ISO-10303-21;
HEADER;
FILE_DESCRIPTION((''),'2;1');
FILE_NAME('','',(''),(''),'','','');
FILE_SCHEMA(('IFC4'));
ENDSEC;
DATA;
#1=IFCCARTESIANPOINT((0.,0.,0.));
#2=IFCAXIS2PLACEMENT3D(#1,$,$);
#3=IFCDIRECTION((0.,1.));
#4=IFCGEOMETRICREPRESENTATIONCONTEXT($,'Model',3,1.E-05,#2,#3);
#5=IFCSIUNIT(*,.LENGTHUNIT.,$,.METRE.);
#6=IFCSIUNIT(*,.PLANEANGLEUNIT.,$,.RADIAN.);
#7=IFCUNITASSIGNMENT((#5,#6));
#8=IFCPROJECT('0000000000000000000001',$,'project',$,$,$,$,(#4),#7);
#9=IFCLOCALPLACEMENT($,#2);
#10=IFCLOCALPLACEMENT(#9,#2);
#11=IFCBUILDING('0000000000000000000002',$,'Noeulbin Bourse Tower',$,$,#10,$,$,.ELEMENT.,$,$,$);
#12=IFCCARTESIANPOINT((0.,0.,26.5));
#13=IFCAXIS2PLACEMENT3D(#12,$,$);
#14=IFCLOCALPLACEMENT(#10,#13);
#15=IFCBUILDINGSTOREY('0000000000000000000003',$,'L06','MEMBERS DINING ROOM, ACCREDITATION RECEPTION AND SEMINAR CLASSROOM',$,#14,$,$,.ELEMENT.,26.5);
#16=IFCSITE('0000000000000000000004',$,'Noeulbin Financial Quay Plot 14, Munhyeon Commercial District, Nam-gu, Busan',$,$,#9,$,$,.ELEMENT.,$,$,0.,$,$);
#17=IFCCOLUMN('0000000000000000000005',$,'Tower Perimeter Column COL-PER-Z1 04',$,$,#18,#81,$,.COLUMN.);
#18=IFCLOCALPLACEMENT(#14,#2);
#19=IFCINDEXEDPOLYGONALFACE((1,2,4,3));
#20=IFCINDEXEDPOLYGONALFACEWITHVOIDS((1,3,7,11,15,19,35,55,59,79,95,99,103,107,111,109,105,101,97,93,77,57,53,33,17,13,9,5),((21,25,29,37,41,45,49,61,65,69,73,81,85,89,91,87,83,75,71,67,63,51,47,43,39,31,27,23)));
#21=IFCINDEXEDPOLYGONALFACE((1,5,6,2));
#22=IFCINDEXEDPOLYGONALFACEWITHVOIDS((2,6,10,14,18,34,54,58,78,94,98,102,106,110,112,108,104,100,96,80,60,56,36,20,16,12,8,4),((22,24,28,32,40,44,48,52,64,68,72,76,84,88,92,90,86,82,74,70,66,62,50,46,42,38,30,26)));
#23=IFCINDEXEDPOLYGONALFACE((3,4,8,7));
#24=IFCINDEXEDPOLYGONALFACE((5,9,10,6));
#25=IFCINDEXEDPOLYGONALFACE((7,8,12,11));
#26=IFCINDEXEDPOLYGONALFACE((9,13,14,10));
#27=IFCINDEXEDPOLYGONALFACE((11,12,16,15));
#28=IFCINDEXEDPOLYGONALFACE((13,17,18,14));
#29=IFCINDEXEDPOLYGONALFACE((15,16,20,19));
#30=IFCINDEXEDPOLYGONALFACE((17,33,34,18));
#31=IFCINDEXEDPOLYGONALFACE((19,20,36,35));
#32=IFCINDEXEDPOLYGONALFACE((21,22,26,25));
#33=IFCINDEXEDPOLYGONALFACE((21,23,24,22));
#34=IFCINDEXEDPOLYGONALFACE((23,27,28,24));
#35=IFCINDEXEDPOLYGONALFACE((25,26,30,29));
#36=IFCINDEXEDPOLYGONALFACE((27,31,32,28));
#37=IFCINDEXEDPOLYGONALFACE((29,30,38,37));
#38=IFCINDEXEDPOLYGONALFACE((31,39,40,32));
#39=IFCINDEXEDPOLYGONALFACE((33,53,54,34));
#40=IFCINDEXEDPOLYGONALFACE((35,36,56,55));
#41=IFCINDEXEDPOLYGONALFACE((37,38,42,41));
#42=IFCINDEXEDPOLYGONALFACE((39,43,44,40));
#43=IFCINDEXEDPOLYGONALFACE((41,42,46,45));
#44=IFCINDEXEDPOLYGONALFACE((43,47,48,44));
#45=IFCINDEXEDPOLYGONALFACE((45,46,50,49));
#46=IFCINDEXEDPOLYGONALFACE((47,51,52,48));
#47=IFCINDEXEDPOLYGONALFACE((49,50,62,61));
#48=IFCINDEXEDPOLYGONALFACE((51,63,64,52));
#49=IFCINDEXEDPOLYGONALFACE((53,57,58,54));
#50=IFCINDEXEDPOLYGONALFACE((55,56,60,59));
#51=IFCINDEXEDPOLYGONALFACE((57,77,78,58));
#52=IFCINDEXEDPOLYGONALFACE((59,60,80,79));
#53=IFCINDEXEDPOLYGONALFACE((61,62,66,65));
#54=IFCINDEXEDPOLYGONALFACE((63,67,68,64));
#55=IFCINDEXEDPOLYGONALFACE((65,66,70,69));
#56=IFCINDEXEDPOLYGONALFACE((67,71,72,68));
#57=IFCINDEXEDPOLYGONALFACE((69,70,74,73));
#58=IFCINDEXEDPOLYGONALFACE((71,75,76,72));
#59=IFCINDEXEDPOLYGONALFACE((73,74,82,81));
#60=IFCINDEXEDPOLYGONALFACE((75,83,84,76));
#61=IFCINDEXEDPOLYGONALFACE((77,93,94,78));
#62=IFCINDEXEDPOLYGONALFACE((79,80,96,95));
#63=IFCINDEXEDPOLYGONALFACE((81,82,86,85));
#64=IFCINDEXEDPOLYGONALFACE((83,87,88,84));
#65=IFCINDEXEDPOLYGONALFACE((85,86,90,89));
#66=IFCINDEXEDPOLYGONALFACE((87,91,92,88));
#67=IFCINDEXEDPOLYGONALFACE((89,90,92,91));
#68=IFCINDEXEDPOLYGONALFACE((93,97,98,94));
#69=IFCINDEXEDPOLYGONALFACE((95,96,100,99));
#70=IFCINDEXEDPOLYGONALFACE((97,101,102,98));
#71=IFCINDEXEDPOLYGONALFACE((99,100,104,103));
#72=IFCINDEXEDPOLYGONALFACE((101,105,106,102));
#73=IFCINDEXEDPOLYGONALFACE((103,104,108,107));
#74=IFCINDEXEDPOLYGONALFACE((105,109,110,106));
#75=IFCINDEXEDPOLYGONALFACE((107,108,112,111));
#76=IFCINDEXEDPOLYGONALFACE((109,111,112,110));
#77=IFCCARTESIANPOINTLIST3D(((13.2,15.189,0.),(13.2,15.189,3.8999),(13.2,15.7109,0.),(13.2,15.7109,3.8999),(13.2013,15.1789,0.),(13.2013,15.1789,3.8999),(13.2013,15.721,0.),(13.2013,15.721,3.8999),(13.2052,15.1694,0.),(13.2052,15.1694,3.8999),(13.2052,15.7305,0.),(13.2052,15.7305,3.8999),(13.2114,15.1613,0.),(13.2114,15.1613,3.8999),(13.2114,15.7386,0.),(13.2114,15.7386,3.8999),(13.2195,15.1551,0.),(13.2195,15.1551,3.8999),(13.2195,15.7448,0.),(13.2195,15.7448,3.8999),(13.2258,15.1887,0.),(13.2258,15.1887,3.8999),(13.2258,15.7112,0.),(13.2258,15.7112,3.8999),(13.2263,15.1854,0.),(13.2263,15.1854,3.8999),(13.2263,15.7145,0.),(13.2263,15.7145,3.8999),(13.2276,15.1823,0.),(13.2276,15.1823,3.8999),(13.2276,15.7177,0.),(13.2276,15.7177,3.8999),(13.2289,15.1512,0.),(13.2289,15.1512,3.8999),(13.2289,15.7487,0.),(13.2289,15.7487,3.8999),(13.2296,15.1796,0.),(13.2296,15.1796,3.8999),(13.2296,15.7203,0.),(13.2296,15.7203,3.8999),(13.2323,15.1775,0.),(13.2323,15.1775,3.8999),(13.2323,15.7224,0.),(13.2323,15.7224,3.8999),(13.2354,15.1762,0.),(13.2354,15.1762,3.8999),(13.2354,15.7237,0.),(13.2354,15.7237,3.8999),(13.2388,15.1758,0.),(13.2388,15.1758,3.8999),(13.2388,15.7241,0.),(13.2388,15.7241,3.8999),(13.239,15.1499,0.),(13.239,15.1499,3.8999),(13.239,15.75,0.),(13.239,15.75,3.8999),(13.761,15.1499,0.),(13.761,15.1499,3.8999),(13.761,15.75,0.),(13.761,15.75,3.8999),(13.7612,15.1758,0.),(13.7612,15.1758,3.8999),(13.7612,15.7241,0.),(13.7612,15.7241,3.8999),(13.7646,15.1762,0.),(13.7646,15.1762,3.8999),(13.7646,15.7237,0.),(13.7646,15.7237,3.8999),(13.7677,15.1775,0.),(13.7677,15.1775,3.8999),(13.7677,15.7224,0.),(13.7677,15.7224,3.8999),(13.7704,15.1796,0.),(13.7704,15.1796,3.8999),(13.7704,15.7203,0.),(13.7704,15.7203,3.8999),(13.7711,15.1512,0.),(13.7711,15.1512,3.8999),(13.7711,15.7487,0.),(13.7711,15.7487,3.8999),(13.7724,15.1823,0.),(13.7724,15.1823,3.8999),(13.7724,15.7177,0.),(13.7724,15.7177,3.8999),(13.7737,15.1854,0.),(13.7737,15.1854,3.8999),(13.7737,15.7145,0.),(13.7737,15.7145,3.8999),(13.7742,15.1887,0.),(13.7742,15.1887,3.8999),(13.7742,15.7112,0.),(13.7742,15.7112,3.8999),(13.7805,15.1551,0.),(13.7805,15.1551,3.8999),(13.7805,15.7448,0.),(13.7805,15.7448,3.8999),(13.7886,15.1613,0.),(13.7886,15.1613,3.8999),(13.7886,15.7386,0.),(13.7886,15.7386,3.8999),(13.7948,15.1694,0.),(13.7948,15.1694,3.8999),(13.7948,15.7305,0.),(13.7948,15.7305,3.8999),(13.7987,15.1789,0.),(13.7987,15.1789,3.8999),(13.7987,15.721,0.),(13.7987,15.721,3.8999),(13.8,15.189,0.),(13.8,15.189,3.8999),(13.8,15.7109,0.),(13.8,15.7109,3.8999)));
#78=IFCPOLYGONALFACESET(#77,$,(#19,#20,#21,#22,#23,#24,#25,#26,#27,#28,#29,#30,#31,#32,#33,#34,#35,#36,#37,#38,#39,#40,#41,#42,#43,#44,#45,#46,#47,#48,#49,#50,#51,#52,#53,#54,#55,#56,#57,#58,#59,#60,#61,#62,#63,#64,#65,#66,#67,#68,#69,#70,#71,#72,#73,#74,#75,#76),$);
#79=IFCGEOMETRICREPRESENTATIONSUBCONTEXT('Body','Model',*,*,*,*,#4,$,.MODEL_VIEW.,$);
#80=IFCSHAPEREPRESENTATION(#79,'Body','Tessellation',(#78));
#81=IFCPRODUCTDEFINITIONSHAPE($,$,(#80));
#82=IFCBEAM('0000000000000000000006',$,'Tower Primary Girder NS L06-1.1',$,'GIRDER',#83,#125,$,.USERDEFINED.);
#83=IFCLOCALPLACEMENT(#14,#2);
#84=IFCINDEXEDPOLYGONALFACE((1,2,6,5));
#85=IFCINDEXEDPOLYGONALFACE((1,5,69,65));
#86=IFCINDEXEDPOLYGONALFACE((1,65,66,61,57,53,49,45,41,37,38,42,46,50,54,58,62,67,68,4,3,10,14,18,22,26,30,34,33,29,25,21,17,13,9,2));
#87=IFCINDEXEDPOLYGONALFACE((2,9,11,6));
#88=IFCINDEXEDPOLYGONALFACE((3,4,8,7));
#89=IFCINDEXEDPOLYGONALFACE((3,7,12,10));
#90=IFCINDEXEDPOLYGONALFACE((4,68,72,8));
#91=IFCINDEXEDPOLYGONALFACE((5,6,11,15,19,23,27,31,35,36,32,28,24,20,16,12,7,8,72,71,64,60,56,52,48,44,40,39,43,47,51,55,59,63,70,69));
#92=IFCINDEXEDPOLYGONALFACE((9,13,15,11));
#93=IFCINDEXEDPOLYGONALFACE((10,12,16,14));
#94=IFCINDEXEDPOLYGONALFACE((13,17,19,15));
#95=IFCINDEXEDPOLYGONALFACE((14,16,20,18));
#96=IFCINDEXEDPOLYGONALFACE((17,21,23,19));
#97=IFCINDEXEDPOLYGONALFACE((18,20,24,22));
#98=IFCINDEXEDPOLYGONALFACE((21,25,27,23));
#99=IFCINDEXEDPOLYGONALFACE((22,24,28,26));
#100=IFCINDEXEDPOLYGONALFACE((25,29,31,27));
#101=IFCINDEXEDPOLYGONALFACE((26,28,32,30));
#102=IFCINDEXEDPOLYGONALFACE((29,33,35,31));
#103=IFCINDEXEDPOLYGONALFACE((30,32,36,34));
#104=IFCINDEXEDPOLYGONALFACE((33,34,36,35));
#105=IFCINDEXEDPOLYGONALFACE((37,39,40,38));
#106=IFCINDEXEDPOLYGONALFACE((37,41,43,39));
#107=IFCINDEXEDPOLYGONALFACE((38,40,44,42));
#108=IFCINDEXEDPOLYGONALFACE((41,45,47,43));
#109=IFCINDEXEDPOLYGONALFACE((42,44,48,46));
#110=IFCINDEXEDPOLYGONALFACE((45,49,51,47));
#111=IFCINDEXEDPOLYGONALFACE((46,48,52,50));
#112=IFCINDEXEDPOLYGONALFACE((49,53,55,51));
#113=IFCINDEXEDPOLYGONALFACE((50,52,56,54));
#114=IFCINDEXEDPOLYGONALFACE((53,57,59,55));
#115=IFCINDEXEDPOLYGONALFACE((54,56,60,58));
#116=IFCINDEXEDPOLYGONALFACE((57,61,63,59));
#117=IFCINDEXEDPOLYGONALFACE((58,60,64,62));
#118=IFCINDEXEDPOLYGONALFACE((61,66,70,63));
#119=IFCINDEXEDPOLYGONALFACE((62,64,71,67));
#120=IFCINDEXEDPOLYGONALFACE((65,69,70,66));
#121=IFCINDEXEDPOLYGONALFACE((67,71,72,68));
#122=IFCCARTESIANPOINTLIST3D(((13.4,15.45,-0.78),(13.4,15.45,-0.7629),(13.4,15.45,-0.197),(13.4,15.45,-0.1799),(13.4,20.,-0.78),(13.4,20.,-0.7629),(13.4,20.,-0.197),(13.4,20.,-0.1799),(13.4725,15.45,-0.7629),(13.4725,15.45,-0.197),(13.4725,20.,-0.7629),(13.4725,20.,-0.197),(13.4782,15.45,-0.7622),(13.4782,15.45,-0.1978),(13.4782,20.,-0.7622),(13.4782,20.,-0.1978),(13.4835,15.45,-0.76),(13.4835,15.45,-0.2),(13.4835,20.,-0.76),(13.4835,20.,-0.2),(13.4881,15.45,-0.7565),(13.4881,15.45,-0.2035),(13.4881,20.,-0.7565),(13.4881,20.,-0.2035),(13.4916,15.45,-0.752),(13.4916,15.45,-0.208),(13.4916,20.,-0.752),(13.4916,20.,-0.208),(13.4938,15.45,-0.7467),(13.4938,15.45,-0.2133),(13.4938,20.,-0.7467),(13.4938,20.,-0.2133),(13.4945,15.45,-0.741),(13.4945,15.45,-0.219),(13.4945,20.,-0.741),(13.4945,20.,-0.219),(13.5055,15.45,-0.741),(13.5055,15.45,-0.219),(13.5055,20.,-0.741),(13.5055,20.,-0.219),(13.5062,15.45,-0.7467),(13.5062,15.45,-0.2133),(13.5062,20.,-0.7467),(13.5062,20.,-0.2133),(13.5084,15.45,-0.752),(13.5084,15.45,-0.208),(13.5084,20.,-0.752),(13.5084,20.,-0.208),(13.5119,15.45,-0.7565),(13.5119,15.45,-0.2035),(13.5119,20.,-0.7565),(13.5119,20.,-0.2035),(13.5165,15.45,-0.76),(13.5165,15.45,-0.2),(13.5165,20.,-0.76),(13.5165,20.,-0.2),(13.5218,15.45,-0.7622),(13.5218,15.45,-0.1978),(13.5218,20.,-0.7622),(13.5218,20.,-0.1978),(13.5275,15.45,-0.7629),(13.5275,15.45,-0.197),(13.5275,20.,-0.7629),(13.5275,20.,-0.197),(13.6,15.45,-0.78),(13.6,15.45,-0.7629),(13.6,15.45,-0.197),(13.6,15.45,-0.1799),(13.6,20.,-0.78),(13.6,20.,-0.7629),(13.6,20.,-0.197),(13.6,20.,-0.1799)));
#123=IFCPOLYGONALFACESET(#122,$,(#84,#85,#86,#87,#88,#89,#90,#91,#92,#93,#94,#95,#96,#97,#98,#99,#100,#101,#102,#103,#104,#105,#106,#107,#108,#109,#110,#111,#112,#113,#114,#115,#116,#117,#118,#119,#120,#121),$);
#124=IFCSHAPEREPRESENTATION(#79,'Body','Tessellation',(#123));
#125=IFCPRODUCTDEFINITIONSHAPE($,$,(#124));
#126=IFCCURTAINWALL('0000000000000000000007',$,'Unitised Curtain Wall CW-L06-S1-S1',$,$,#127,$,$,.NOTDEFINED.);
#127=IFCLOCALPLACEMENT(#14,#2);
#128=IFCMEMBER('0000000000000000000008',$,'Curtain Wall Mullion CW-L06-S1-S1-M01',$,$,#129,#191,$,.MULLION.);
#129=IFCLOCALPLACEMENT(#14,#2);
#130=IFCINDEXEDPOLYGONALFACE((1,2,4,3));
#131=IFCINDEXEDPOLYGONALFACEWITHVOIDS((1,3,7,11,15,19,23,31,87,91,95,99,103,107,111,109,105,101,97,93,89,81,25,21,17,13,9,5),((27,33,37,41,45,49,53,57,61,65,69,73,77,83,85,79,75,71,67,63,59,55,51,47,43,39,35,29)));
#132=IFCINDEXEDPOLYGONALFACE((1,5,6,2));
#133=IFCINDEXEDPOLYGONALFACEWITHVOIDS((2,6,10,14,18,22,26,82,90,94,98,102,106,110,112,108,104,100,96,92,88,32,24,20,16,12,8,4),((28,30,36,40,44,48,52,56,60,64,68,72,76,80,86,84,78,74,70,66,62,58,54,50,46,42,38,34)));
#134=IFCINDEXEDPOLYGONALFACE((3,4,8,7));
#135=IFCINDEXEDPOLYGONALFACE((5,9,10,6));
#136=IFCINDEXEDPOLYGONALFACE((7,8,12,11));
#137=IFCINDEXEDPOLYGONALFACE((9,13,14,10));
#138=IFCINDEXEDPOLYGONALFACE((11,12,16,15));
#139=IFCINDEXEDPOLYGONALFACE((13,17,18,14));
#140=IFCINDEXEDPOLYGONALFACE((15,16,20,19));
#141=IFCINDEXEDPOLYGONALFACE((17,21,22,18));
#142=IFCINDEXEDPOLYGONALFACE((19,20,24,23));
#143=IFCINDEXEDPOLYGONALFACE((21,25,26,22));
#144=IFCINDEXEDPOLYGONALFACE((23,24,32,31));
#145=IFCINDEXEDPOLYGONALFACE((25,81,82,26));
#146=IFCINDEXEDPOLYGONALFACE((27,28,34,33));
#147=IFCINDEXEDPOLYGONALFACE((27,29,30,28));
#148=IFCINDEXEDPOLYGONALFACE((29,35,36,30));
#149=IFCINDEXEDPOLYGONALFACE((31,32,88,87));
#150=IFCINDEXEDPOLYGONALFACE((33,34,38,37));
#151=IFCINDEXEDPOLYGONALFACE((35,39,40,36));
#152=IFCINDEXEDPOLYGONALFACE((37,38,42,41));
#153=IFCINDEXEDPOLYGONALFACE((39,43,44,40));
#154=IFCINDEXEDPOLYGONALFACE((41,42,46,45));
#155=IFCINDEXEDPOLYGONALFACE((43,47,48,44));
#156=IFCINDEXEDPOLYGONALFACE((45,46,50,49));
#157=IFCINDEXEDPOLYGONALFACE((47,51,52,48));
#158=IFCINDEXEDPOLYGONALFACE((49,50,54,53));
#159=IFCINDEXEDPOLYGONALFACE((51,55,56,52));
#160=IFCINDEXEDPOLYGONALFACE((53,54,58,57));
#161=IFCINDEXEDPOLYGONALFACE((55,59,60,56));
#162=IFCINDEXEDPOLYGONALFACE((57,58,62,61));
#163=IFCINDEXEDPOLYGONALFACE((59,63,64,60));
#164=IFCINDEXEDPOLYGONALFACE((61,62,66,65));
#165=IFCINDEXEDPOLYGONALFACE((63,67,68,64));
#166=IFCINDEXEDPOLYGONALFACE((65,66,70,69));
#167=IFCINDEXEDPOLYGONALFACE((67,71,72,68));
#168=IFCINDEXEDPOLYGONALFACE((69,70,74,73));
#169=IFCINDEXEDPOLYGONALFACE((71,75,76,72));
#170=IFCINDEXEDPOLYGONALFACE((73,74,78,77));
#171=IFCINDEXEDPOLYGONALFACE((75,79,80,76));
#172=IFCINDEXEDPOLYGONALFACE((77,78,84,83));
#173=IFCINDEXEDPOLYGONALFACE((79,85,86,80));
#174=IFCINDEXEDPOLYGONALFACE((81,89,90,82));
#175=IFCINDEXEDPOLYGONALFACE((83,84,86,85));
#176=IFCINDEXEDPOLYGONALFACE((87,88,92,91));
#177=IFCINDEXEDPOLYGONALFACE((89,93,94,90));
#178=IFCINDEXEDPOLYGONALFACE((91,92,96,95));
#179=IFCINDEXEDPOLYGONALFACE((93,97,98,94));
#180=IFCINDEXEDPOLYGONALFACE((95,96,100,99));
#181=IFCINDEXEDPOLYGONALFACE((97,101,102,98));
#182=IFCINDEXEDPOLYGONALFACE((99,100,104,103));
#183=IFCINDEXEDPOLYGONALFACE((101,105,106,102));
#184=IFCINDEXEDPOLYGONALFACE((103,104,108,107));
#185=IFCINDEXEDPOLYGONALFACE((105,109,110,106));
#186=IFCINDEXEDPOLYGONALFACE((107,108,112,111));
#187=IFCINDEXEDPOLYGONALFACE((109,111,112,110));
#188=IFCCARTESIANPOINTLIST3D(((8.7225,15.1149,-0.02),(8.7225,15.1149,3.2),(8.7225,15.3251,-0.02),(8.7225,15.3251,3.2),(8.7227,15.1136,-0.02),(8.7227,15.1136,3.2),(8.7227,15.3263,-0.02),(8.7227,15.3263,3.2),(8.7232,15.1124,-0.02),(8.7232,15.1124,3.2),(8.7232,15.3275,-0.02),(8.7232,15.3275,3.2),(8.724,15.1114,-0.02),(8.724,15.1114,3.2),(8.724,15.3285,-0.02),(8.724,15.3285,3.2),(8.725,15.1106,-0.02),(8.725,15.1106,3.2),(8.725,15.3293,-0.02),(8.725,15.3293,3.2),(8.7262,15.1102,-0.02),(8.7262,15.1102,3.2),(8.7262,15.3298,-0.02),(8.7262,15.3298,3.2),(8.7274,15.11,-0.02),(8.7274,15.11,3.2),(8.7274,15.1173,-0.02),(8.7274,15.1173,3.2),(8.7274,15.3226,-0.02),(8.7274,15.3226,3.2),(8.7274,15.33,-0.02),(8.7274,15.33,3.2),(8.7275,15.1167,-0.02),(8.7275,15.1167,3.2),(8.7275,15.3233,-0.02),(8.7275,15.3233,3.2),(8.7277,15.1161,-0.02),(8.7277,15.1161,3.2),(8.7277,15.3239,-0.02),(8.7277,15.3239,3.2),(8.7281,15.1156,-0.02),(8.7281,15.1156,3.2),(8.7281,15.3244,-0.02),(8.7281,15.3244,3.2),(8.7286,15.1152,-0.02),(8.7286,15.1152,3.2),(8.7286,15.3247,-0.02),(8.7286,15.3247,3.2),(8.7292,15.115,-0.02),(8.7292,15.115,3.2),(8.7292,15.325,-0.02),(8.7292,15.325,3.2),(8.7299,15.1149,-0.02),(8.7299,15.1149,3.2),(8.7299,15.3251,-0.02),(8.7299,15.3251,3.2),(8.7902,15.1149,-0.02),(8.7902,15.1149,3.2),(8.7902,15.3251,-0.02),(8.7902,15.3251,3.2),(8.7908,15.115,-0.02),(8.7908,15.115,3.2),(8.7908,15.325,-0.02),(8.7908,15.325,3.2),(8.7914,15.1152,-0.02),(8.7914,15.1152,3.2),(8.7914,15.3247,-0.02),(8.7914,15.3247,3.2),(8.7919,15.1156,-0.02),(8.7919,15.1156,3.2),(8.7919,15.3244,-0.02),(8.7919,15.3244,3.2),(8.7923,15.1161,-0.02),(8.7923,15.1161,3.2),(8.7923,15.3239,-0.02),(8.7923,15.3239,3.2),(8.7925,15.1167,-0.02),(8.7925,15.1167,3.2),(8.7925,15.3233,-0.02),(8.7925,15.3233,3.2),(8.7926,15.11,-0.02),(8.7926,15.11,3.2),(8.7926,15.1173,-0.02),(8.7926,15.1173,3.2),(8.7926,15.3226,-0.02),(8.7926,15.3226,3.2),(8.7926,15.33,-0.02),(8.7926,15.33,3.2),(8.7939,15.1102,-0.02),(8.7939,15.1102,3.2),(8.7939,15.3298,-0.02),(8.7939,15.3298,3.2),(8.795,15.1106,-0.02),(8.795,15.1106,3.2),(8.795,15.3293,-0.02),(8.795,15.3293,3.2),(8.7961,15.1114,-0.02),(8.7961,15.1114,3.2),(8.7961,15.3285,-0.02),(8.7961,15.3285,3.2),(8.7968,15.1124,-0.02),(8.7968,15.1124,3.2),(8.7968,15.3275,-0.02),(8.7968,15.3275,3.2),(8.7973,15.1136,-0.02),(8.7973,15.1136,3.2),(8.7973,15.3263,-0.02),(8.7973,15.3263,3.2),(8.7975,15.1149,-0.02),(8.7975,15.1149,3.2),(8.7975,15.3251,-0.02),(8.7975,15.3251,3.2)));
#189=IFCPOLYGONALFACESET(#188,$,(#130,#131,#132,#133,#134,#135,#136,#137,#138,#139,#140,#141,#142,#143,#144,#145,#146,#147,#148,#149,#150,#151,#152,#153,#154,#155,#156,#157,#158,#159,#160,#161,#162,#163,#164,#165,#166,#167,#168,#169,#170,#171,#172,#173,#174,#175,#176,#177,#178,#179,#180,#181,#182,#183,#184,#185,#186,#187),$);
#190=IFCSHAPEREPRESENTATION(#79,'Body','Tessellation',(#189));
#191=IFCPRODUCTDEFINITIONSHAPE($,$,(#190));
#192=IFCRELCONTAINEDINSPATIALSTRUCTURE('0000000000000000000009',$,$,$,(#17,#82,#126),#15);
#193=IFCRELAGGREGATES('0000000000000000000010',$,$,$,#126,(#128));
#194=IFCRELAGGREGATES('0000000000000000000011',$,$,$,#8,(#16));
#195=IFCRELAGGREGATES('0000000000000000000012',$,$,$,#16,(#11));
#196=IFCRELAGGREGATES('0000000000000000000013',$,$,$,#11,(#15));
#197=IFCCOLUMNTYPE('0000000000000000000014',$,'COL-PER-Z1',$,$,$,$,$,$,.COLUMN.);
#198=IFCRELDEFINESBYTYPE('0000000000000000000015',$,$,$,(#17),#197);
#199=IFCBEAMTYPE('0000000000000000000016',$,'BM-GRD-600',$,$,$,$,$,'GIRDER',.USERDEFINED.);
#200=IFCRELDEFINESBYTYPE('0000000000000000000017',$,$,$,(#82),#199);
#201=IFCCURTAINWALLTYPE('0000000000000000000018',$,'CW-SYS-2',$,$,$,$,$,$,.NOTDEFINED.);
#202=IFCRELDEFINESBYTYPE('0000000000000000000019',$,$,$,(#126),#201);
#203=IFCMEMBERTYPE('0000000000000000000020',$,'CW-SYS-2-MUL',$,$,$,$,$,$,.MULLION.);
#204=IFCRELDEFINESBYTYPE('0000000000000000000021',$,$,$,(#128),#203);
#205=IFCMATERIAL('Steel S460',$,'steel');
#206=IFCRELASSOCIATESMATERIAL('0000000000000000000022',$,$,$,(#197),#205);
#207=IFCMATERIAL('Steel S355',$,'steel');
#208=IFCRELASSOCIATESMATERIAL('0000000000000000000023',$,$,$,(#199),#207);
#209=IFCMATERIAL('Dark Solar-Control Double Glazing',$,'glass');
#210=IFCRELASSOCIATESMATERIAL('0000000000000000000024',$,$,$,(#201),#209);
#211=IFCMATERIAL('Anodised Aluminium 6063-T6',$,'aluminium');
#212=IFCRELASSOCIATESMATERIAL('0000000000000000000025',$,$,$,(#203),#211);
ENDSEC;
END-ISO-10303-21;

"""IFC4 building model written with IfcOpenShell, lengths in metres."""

from ifc_helpers import new_model, si_unit, direction, frame, origin, origin_2d, place, context, subcontext, project, spatial, hollow_rectangle, i_section, extrude, material, material_profile, profile_set, type_object, element, aggregate, save


model = new_model("IFC4")

# Units and contexts
model_context = context("Model", 3, precision=1e-05, world=origin(), true_north=direction((0.0, 1.0)))
body_context = subcontext(model_context, "Body", "Model", "MODEL_VIEW")
ifc_project = project(units=[si_unit("LENGTHUNIT", "METRE"), si_unit("PLANEANGLEUNIT", "RADIAN")], contexts=[model_context])

# Site, building, storey
site_placement = place(None, origin())
site = spatial("IfcSite", under=ifc_project, at=site_placement, Name="Noeulbin Financial Quay Plot 14, Munhyeon Commercial District, Nam-gu, Busan", CompositionType="ELEMENT", RefElevation=0.0)
building_placement = place(site_placement, origin())
building = spatial("IfcBuilding", under=site, at=building_placement, Name="Noeulbin Bourse Tower", CompositionType="ELEMENT")
storey_placement = place(building_placement, frame((0.0, 0.0, 26.5)))
storey = spatial("IfcBuildingStorey", under=building, at=storey_placement, Name="L06", Description="MEMBERS DINING ROOM, ACCREDITATION RECEPTION AND SEMINAR CLASSROOM", CompositionType="ELEMENT", Elevation=26.5)

# Column
ifc_material_1 = material(Name="Steel S460", Category="steel")
ifc_material_profile_1 = material_profile(ifc_material_1, hollow_rectangle(XDim=0.6001, YDim=0.6001, WallThickness=0.0259, InnerFilletRadius=0.0129, OuterFilletRadius=0.0391, at=origin_2d()), Name="BOX-600x600x26", Category="LoadBearing")
ifc_profile_set_1 = profile_set([ifc_material_profile_1], Name="Steel S460")
column_type = type_object("IfcColumnType", Name="COL-PER-Z1", PredefinedType="COLUMN", material=ifc_profile_set_1)
column_placement = place(storey_placement, frame((13.5, 15.45, 0.0), z_axis=(0.0, 0.0, 1.0), x_axis=(1.0, 0.0, 0.0)))
element("IfcColumn", 1, at=column_placement, inside=storey, type_object=column_type, Name="Tower Perimeter Column COL-PER-Z1 04", PredefinedType="COLUMN", context=body_context, shape_type="SweptSolid", body=[
    extrude(hollow_rectangle(XDim=0.6001, YDim=0.6001, WallThickness=0.0259, InnerFilletRadius=0.0129, OuterFilletRadius=0.0391, at=origin_2d()), origin(), (0.0, 0.0, 1.0), 3.8999),
])

# Beam
ifc_material_2 = material(Name="Steel S355", Category="steel")
ifc_material_profile_2 = material_profile(ifc_material_2, i_section(OverallWidth=0.2, OverallDepth=0.6001, WebThickness=0.011, FlangeThickness=0.0171, FilletRadius=0.022, at=origin_2d()), Name="H-600x200x11x17", Category="LoadBearing")
ifc_profile_set_2 = profile_set([ifc_material_profile_2], Name="Steel S355")
beam_type = type_object("IfcBeamType", Name="BM-GRD-600", ElementType="GIRDER", PredefinedType="USERDEFINED", material=ifc_profile_set_2)
beam_placement = place(storey_placement, frame((13.5, 15.45, -0.48), z_axis=(0.0, 1.0, 0.0), x_axis=(-1.0, 0.0, 0.0)))
element("IfcBeam", 2, at=beam_placement, inside=storey, type_object=beam_type, Name="Tower Primary Girder NS L06-1.1", ObjectType="GIRDER", PredefinedType="USERDEFINED", context=body_context, shape_type="SweptSolid", body=[
    extrude(i_section(OverallWidth=0.2, OverallDepth=0.6001, WebThickness=0.011, FlangeThickness=0.0171, FilletRadius=0.022, at=origin_2d()), origin(), (0.0, 0.0, 1.0), 4.55),
])

# Curtain wall, member
ifc_material_3 = material(Name="Dark Solar-Control Double Glazing", Category="glass")
curtain_wall_type = type_object("IfcCurtainWallType", Name="CW-SYS-2", PredefinedType="NOTDEFINED", material=ifc_material_3)
curtain_wall_1_placement = place(storey_placement, origin())
curtain_wall_1 = element("IfcCurtainWall", 3, at=curtain_wall_1_placement, inside=storey, type_object=curtain_wall_type, Name="Unitised Curtain Wall CW-L06-S1-S1", PredefinedType="NOTDEFINED")
ifc_material_4 = material(Name="Anodised Aluminium 6063-T6", Category="aluminium")
ifc_material_profile_3 = material_profile(ifc_material_4, hollow_rectangle(XDim=0.075, YDim=0.22, WallThickness=0.0049, InnerFilletRadius=0.0024, OuterFilletRadius=0.0049, at=origin_2d()), Name="ALU-MULL-75x220x5", Category="LoadBearing")
ifc_profile_set_3 = profile_set([ifc_material_profile_3], Name="Anodised Aluminium 6063-T6")
member_type_1 = type_object("IfcMemberType", Name="CW-SYS-2-MUL", PredefinedType="MULLION", material=ifc_profile_set_3)
member_1_placement = place(storey_placement, frame((8.76, 15.22, -0.02), z_axis=(0.0, 0.0, 1.0), x_axis=(1.0, 0.0, 0.0)))
member_1 = element("IfcMember", 4, at=member_1_placement, type_object=member_type_1, Name="Curtain Wall Mullion CW-L06-S1-S1-M01", PredefinedType="MULLION", context=body_context, shape_type="SweptSolid", body=[
    extrude(hollow_rectangle(XDim=0.075, YDim=0.22, WallThickness=0.0049, InnerFilletRadius=0.0024, OuterFilletRadius=0.0049, at=origin_2d()), origin(), (0.0, 0.0, 1.0), 3.22),
])

aggregate(curtain_wall_1, [member_1])

save(model, "model.ifc")
